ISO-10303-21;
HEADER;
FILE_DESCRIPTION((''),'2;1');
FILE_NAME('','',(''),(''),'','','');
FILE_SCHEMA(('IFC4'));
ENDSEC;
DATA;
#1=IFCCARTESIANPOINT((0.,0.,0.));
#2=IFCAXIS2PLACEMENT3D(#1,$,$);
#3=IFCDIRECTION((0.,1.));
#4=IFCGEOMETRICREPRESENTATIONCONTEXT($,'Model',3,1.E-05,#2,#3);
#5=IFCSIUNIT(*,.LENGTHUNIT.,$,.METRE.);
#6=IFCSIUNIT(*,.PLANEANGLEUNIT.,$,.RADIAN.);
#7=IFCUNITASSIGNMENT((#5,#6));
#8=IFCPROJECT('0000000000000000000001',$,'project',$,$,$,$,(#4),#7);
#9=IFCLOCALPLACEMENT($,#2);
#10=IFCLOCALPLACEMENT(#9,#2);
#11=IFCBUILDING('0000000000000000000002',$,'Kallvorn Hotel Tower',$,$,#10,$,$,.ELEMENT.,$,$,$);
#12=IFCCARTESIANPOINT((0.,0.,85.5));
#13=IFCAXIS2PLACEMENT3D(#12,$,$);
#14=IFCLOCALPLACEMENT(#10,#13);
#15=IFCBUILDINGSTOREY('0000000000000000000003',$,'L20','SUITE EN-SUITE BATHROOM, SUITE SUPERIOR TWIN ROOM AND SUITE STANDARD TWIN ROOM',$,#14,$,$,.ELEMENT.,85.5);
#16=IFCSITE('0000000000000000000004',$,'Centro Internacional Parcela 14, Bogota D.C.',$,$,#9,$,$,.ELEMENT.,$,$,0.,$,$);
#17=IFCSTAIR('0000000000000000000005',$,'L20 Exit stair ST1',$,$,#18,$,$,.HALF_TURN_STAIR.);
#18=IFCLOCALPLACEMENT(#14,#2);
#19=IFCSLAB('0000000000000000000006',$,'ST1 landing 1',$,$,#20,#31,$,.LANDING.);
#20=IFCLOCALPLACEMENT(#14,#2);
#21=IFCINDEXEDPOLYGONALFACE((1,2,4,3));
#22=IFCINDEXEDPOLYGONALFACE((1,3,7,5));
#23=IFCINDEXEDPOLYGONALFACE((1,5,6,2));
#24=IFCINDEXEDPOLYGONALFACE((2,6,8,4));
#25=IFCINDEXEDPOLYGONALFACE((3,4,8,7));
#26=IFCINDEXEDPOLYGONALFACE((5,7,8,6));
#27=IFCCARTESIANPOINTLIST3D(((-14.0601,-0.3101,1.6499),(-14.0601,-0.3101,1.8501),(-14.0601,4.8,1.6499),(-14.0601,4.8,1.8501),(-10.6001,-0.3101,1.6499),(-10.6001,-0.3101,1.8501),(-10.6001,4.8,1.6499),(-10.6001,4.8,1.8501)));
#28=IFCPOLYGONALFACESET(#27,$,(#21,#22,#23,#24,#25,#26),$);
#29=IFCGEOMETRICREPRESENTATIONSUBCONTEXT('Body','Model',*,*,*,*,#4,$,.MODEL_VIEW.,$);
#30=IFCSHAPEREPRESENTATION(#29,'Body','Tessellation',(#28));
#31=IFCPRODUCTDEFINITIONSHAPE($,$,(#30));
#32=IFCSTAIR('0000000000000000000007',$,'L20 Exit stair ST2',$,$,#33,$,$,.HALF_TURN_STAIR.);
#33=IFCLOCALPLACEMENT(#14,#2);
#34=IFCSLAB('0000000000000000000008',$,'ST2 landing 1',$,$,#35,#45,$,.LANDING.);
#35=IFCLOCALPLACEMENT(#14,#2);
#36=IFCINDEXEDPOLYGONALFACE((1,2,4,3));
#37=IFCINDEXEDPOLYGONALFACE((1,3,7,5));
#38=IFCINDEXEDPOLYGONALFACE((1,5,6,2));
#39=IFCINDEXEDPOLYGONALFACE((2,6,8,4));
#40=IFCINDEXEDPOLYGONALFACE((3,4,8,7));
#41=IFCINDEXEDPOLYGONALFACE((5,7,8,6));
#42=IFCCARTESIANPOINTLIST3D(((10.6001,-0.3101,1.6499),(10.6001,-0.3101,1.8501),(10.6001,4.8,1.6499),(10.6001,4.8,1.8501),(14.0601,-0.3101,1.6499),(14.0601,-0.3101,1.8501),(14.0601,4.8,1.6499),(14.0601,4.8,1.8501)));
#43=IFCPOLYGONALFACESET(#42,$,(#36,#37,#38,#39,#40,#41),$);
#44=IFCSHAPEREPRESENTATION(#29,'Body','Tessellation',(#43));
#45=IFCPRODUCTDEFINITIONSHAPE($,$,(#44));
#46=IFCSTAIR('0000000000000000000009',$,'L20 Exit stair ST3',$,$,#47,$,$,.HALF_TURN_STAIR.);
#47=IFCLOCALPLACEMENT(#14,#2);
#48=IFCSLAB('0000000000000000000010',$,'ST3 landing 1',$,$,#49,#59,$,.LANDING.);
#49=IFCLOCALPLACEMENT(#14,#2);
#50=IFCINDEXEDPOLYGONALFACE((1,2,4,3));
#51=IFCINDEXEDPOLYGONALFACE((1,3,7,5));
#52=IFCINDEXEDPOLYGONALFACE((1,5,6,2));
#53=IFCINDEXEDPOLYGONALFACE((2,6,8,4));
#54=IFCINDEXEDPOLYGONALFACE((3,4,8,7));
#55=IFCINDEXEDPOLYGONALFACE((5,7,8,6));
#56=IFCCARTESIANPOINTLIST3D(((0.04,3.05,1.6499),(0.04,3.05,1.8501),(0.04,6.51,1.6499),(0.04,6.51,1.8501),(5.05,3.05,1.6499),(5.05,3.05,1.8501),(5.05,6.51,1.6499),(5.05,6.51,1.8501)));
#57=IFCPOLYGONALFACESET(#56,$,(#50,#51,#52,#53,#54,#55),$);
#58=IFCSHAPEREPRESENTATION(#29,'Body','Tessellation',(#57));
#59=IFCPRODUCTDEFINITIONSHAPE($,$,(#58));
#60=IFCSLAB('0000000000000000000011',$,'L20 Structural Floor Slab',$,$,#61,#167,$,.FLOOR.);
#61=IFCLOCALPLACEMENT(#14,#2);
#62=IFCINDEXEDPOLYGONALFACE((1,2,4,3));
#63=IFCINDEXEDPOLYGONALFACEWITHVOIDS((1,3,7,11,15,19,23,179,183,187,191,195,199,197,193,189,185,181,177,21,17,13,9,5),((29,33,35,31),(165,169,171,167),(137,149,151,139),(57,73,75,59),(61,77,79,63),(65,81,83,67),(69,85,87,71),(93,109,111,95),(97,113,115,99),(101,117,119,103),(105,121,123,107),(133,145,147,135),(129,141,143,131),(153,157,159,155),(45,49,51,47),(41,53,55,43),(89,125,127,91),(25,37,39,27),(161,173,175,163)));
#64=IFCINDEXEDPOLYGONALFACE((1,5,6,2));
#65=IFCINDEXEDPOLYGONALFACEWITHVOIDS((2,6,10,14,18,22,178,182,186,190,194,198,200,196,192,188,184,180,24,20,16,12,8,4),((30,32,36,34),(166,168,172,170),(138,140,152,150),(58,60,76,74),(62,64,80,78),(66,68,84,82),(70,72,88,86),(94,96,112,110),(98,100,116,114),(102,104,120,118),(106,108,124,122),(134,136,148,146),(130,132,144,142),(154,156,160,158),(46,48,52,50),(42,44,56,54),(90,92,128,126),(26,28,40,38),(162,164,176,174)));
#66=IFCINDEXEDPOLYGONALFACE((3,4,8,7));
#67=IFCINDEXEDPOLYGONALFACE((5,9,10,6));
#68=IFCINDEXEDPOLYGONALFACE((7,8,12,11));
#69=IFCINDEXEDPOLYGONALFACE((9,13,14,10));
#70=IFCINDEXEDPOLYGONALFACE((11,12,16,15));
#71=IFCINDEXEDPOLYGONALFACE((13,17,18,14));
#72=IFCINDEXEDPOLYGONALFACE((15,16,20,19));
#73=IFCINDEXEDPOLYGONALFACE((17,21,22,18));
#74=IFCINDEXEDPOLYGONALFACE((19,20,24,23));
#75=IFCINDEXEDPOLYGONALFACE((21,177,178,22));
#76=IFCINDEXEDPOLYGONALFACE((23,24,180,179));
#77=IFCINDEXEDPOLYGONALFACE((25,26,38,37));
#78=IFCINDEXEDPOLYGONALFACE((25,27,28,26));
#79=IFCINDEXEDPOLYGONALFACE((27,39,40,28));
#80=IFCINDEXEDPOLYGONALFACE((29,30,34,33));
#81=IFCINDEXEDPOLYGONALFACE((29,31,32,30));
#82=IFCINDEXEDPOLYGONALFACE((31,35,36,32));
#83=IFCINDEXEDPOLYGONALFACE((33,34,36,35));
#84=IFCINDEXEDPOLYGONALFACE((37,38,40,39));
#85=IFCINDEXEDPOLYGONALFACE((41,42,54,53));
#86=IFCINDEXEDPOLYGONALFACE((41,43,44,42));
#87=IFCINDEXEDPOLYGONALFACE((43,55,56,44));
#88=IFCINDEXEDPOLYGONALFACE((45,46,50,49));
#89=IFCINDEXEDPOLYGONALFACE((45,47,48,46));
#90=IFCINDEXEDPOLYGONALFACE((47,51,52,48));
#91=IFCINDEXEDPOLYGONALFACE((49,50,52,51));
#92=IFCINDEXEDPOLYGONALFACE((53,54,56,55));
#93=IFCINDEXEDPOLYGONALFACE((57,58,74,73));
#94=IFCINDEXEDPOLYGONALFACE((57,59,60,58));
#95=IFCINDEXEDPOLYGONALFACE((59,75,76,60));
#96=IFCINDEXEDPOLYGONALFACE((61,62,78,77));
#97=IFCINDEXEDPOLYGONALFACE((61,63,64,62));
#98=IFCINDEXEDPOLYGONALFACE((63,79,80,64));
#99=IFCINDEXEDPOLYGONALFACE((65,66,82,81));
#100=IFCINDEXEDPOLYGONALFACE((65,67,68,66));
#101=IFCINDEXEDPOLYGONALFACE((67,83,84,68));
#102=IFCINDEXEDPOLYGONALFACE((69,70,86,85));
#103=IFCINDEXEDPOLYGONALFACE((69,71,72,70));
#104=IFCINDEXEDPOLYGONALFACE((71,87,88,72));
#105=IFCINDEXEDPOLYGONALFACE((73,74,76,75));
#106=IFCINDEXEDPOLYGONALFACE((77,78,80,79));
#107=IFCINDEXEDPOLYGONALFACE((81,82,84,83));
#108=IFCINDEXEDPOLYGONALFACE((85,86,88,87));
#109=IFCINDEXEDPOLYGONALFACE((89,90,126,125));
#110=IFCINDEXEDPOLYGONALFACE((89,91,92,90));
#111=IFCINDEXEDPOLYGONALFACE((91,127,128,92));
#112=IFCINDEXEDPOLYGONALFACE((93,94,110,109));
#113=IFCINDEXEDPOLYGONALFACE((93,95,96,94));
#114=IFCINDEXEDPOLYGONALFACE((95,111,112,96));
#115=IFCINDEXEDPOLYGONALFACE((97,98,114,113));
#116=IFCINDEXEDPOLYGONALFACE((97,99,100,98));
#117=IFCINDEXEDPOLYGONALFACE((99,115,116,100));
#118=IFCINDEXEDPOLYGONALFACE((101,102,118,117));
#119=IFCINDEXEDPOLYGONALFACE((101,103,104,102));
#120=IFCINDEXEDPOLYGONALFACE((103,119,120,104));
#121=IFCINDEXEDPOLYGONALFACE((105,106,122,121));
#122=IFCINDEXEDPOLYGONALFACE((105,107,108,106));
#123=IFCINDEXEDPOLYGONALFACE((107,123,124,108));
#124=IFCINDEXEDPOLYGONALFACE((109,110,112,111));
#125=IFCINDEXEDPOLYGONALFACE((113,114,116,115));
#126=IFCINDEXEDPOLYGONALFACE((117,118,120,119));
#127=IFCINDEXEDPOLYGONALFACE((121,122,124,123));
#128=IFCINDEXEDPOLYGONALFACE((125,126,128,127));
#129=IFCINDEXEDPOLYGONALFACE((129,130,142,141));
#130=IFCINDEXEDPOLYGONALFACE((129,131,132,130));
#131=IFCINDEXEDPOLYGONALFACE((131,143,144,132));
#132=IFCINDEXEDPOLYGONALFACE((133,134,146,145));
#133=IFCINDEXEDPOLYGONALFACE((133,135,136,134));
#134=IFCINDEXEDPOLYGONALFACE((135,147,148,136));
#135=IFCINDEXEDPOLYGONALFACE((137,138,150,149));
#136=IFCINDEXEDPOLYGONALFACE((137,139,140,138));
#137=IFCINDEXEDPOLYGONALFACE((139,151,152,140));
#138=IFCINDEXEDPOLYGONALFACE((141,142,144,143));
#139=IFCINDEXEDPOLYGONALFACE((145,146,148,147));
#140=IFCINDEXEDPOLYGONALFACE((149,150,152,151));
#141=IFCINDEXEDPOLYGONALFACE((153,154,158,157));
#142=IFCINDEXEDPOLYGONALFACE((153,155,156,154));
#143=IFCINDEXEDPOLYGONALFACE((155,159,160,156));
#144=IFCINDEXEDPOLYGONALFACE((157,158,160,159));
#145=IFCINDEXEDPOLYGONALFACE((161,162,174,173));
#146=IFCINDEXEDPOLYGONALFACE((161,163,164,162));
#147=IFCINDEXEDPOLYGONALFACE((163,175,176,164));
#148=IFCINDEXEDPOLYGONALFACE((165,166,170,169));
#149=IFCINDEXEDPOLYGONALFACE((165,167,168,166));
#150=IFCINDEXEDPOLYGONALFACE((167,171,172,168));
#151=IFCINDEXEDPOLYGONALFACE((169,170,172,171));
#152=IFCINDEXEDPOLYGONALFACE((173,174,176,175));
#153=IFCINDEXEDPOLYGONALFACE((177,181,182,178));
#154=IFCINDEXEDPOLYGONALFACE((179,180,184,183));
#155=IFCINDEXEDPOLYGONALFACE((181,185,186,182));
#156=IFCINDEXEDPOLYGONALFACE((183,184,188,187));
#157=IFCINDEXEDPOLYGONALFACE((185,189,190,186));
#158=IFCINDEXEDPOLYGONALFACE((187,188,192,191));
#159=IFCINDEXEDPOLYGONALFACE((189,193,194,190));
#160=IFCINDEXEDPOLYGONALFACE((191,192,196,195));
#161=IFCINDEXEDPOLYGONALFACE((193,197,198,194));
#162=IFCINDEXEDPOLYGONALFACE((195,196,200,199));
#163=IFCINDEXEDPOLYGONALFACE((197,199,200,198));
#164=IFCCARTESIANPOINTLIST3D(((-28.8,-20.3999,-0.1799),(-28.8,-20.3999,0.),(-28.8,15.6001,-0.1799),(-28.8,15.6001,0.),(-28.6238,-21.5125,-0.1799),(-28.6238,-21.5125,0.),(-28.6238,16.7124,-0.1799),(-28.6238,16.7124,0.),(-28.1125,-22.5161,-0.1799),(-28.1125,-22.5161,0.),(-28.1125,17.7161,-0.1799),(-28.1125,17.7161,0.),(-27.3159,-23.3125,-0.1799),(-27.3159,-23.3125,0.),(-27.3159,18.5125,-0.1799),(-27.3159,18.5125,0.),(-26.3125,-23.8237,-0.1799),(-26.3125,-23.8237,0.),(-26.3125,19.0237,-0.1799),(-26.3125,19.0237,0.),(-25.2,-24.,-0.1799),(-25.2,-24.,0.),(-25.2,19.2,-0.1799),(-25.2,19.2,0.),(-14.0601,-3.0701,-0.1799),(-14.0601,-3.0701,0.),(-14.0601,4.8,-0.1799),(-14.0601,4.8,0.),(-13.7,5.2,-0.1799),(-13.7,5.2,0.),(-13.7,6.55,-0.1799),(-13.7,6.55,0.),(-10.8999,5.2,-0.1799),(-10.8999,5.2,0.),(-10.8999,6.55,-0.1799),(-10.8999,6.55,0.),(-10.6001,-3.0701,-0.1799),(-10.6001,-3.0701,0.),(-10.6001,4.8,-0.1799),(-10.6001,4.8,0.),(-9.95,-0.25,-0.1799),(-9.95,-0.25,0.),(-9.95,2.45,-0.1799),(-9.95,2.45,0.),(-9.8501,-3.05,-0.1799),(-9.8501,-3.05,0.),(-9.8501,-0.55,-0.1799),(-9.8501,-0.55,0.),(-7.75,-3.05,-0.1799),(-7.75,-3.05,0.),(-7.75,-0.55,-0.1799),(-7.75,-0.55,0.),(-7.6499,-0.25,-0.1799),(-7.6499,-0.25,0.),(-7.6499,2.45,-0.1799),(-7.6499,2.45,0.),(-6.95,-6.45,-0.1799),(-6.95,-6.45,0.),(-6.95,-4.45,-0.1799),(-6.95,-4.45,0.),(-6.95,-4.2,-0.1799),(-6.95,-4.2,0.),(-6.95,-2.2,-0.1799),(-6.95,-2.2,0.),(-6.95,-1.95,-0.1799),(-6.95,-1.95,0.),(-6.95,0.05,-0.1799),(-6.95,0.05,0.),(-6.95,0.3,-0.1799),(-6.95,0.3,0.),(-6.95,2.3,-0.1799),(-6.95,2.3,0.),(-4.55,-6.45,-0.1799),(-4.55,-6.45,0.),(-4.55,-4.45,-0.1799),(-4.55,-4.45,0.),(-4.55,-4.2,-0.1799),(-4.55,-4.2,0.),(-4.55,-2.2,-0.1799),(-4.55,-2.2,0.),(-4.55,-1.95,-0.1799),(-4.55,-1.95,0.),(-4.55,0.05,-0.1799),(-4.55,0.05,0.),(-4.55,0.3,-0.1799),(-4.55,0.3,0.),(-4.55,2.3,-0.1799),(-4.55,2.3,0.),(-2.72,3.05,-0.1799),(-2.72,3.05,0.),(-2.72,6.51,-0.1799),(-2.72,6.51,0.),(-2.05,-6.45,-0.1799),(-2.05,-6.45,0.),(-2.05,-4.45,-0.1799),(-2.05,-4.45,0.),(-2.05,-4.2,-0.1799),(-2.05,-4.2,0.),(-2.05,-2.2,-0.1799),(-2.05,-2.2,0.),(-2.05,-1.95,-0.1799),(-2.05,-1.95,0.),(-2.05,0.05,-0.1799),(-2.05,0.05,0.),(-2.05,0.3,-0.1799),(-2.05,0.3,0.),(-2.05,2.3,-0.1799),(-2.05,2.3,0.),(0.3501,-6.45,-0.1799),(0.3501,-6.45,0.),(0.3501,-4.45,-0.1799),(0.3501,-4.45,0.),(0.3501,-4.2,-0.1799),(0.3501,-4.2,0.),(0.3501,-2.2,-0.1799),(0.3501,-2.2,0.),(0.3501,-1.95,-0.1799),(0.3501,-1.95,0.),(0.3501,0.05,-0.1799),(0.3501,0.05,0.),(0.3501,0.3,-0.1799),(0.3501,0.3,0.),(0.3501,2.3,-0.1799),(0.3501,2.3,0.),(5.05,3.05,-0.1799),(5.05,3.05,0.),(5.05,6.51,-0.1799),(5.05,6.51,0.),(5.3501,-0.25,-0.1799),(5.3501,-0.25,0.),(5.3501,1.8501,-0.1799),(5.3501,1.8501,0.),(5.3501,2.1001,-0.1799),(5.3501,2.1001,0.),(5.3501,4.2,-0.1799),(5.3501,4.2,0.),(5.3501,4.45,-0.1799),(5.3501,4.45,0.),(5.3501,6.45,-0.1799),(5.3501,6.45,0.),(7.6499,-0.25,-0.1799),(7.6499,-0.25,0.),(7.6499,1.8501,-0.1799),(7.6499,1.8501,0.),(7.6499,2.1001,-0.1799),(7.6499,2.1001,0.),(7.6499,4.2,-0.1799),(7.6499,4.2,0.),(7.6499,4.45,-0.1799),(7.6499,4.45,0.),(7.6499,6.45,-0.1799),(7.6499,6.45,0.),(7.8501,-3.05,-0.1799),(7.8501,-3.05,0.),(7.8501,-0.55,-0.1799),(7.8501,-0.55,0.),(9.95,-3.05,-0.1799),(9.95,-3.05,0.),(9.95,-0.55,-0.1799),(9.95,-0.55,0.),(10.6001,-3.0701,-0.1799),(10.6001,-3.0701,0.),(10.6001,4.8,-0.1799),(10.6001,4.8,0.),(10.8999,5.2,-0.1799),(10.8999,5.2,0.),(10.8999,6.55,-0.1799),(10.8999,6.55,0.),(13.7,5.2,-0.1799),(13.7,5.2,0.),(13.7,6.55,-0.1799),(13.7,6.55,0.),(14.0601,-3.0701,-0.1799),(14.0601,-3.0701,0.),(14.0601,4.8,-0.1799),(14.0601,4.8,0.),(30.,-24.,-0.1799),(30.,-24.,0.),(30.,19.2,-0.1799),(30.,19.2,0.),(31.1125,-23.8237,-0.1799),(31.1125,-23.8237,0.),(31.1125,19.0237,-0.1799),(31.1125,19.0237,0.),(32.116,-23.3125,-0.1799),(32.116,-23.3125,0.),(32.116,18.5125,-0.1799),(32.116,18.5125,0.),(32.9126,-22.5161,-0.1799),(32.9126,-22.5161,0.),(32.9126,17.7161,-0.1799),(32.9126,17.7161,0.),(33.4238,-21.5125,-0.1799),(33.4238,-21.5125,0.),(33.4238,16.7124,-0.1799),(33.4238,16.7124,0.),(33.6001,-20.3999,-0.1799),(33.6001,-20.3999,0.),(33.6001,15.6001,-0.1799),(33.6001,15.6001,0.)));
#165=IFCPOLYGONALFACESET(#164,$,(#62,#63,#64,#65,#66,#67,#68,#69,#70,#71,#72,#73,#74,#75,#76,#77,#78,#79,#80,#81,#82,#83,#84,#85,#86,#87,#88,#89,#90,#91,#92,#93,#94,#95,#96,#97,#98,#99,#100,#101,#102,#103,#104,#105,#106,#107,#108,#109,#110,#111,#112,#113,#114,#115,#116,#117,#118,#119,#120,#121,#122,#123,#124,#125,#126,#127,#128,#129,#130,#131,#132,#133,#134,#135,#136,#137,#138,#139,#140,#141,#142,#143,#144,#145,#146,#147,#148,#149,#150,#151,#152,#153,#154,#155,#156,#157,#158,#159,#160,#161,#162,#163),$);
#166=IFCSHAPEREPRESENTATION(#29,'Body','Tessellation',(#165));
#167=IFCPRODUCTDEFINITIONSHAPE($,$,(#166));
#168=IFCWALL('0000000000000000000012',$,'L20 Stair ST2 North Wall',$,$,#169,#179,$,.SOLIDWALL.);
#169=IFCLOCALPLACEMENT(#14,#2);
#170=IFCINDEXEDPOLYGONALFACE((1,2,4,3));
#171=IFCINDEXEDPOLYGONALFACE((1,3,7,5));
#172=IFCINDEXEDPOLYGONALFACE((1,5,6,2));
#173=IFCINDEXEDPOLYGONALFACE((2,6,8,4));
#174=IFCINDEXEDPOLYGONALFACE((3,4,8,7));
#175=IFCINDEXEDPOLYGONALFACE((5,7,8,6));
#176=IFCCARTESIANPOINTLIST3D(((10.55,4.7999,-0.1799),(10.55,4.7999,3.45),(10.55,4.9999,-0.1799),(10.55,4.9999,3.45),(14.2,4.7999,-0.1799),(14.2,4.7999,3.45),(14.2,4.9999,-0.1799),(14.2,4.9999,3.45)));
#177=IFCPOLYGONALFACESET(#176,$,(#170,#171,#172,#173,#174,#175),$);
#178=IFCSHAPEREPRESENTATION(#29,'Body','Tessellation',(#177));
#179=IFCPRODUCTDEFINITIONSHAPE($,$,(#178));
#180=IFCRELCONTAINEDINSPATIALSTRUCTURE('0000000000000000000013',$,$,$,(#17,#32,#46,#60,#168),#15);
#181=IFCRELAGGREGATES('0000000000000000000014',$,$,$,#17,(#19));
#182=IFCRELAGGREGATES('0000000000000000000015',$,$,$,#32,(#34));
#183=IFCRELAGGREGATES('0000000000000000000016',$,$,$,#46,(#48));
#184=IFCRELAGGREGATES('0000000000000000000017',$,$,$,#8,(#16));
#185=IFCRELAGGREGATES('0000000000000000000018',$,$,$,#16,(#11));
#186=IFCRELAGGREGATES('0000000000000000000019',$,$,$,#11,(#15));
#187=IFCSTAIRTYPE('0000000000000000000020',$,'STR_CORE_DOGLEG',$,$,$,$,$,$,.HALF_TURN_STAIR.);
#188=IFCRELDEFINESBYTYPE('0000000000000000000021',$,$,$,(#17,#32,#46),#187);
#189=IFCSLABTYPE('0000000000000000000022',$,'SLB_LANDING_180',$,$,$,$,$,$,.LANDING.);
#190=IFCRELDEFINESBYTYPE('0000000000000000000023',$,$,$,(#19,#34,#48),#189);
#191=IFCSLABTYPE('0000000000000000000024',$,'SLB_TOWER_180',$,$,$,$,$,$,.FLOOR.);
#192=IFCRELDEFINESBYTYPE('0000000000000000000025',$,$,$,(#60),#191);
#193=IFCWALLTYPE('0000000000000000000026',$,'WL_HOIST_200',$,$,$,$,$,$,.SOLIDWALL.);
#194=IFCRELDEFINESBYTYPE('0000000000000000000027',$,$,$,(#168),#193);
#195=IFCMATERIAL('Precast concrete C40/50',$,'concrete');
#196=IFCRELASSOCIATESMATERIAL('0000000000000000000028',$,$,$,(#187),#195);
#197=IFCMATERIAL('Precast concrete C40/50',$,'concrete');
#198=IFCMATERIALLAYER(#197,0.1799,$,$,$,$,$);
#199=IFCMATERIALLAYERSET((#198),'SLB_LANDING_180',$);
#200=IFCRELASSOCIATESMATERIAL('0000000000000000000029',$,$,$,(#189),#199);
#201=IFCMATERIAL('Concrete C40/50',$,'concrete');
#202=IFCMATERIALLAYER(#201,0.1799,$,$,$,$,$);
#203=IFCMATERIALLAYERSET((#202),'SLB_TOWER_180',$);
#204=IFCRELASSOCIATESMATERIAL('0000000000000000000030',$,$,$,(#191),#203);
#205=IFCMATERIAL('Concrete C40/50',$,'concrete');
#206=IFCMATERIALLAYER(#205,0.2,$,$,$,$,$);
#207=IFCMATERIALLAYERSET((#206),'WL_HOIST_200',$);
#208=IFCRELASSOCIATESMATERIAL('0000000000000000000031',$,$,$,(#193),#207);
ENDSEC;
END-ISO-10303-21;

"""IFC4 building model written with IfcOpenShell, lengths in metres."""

from ifc_helpers import new_model, si_unit, direction, frame, frame_2d, origin, place, context, subcontext, project, spatial, polyline, rectangle, outline, extrude, material, layer, layer_set, type_object, element, aggregate, save


model = new_model("IFC4")

# Units and contexts
model_context = context("Model", 3, precision=1e-05, world=origin(), true_north=direction((0.0, 1.0)))
body_context = subcontext(model_context, "Body", "Model", "MODEL_VIEW")
ifc_project = project(units=[si_unit("LENGTHUNIT", "METRE"), si_unit("PLANEANGLEUNIT", "RADIAN")], contexts=[model_context])

# Site, building, storey
site_placement = place(None, origin())
site = spatial("IfcSite", under=ifc_project, at=site_placement, Name="Centro Internacional Parcela 14, Bogota D.C.", CompositionType="ELEMENT", RefElevation=0.0)
building_placement = place(site_placement, origin())
building = spatial("IfcBuilding", under=site, at=building_placement, Name="Kallvorn Hotel Tower", CompositionType="ELEMENT")
storey_placement = place(building_placement, frame((0.0, 0.0, 85.5)))
storey = spatial("IfcBuildingStorey", under=building, at=storey_placement, Name="L20", Description="SUITE EN-SUITE BATHROOM, SUITE SUPERIOR TWIN ROOM AND SUITE STANDARD TWIN ROOM", CompositionType="ELEMENT", Elevation=85.5)

# Stairs, slabs
ifc_material_1 = material(Name="Precast concrete C40/50", Category="concrete")
stair_type = type_object("IfcStairType", Name="STR_CORE_DOGLEG", PredefinedType="HALF_TURN_STAIR", material=ifc_material_1)
stair_1_placement = place(storey_placement, origin())
stair_1 = element("IfcStair", 1, at=stair_1_placement, inside=storey, type_object=stair_type, Name="L20 Exit stair ST1", PredefinedType="HALF_TURN_STAIR")
ifc_material_2 = material(Name="Precast concrete C40/50", Category="concrete")
ifc_layer_1 = layer(ifc_material_2, 0.1799)
ifc_layer_set_1 = layer_set([ifc_layer_1], Name="SLB_LANDING_180")
slab_type_1 = type_object("IfcSlabType", Name="SLB_LANDING_180", PredefinedType="LANDING", material=ifc_layer_set_1)
slab_1_placement = place(storey_placement, frame((0.0, 0.0, 1.6499)))
slab_1 = element("IfcSlab", 2, at=slab_1_placement, type_object=slab_type_1, Name="ST1 landing 1", PredefinedType="LANDING", context=body_context, shape_type="SweptSolid", body=[
    extrude(outline(polyline([(-10.6001, -0.3101), (-10.6001, 4.8), (-14.0601, 4.8), (-14.0601, -0.3101), (-10.6001, -0.3101)])), origin(), (0.0, 0.0, 1.0), 0.2002),
])
aggregate(stair_1, [slab_1])
stair_2_placement = place(storey_placement, origin())
stair_2 = element("IfcStair", 3, at=stair_2_placement, inside=storey, type_object=stair_type, Name="L20 Exit stair ST2", PredefinedType="HALF_TURN_STAIR")
slab_2_placement = place(storey_placement, frame((0.0, 0.0, 1.6499)))
slab_2 = element("IfcSlab", 4, at=slab_2_placement, type_object=slab_type_1, Name="ST2 landing 1", PredefinedType="LANDING", context=body_context, shape_type="SweptSolid", body=[
    extrude(outline(polyline([(14.0601, -0.3101), (14.0601, 4.8), (10.6001, 4.8), (10.6001, -0.3101), (14.0601, -0.3101)])), origin(), (0.0, 0.0, 1.0), 0.2002),
])
stair_3_placement = place(storey_placement, origin())
stair_3 = element("IfcStair", 5, at=stair_3_placement, inside=storey, type_object=stair_type, Name="L20 Exit stair ST3", PredefinedType="HALF_TURN_STAIR")
slab_3_placement = place(storey_placement, frame((0.0, 0.0, 1.6499)))
slab_3 = element("IfcSlab", 6, at=slab_3_placement, type_object=slab_type_1, Name="ST3 landing 1", PredefinedType="LANDING", context=body_context, shape_type="SweptSolid", body=[
    extrude(outline(polyline([(0.04, 3.05), (5.05, 3.05), (5.05, 6.51), (0.04, 6.51), (0.04, 3.05)])), origin(), (0.0, 0.0, 1.0), 0.2002),
])

# Slab
ifc_material_3 = material(Name="Concrete C40/50", Category="concrete")
ifc_layer_2 = layer(ifc_material_3, 0.1799)
ifc_layer_set_2 = layer_set([ifc_layer_2], Name="SLB_TOWER_180")
slab_type_2 = type_object("IfcSlabType", Name="SLB_TOWER_180", PredefinedType="FLOOR", material=ifc_layer_set_2)
slab_4_placement = place(storey_placement, frame((0.0, 0.0, -0.1799)))
element("IfcSlab", 7, at=slab_4_placement, inside=storey, type_object=slab_type_2, Name="L20 Structural Floor Slab", PredefinedType="FLOOR", context=body_context, shape_type="SweptSolid", body=[
    extrude(outline(polyline([(30.0, -24.0), (31.1125, -23.8237), (32.116, -23.3125), (32.9126, -22.5161), (33.4238, -21.5125), (33.6001, -20.3999), (33.6001, 15.6001), (33.4238, 16.7124), (32.9126, 17.7161), (32.116, 18.5125), (31.1125, 19.0237), (30.0, 19.2), (-25.2, 19.2), (-26.3125, 19.0237), (-27.3159, 18.5125), (-28.1125, 17.7161), (-28.6238, 16.7124), (-28.8, 15.6001), (-28.8, -20.3999), (-28.6238, -21.5125), (-28.1125, -22.5161), (-27.3159, -23.3125), (-26.3125, -23.8237), (-25.2, -24.0), (30.0, -24.0)]), holes=[polyline([(-10.6001, -3.0701), (-10.6001, 4.8), (-14.0601, 4.8), (-14.0601, -3.0701), (-10.6001, -3.0701)]), polyline([(14.0601, -3.0701), (14.0601, 4.8), (10.6001, 4.8), (10.6001, -3.0701), (14.0601, -3.0701)]), polyline([(-2.72, 3.05), (5.05, 3.05), (5.05, 6.51), (-2.72, 6.51), (-2.72, 3.05)]), polyline([(-6.95, -6.45), (-4.55, -6.45), (-4.55, -4.45), (-6.95, -4.45), (-6.95, -6.45)]), polyline([(-6.95, -4.2), (-4.55, -4.2), (-4.55, -2.2), (-6.95, -2.2), (-6.95, -4.2)]), polyline([(-6.95, -1.95), (-4.55, -1.95), (-4.55, 0.05), (-6.95, 0.05), (-6.95, -1.95)]), polyline([(-6.95, 0.3), (-4.55, 0.3), (-4.55, 2.3), (-6.95, 2.3), (-6.95, 0.3)]), polyline([(-2.05, -6.45), (0.3501, -6.45), (0.3501, -4.45), (-2.05, -4.45), (-2.05, -6.45)]), polyline([(-2.05, -4.2), (0.3501, -4.2), (0.3501, -2.2), (-2.05, -2.2), (-2.05, -4.2)]), polyline([(-2.05, -1.95), (0.3501, -1.95), (0.3501, 0.05), (-2.05, 0.05), (-2.05, -1.95)]), polyline([(-2.05, 0.3), (0.3501, 0.3), (0.3501, 2.3), (-2.05, 2.3), (-2.05, 0.3)]), polyline([(5.3501, -0.25), (7.6499, -0.25), (7.6499, 1.8501), (5.3501, 1.8501), (5.3501, -0.25)]), polyline([(5.3501, 2.1001), (7.6499, 2.1001), (7.6499, 4.2), (5.3501, 4.2), (5.3501, 2.1001)]), polyline([(5.3501, 4.45), (7.6499, 4.45), (7.6499, 6.45), (5.3501, 6.45), (5.3501, 4.45)]), polyline([(-9.8501, -3.05), (-7.75, -3.05), (-7.75, -0.55), (-9.8501, -0.55), (-9.8501, -3.05)]), polyline([(7.8501, -3.05), (9.95, -3.05), (9.95, -0.55), (7.8501, -0.55), (7.8501, -3.05)]), polyline([(-9.95, -0.25), (-7.6499, -0.25), (-7.6499, 2.45), (-9.95, 2.45), (-9.95, -0.25)]), polyline([(-13.7, 5.2), (-10.8999, 5.2), (-10.8999, 6.55), (-13.7, 6.55), (-13.7, 5.2)]), polyline([(10.8999, 5.2), (13.7, 5.2), (13.7, 6.55), (10.8999, 6.55), (10.8999, 5.2)])]), origin(), (0.0, 0.0, 1.0), 0.1799),
])

# Wall
ifc_material_4 = material(Name="Concrete C40/50", Category="concrete")
ifc_layer_3 = layer(ifc_material_4, 0.2)
ifc_layer_set_3 = layer_set([ifc_layer_3], Name="WL_HOIST_200")
wall_type_1 = type_object("IfcWallType", Name="WL_HOIST_200", PredefinedType="SOLIDWALL", material=ifc_layer_set_3)
wall_1_placement = place(storey_placement, frame((10.55, 4.8999, -0.1799), z_axis=(0.0, 0.0, 1.0), x_axis=(1.0, 0.0, 0.0)))
element("IfcWall", 8, at=wall_1_placement, inside=storey, type_object=wall_type_1, Name="L20 Stair ST2 North Wall", PredefinedType="SOLIDWALL", context=body_context, shape_type="SweptSolid", body=[
    extrude(rectangle(XDim=3.6499, YDim=0.2, at=frame_2d((1.825, 0.0))), origin(), (0.0, 0.0, 1.0), 3.6299),
])

aggregate(stair_2, [slab_2])
aggregate(stair_3, [slab_3])

save(model, "model.ifc")
